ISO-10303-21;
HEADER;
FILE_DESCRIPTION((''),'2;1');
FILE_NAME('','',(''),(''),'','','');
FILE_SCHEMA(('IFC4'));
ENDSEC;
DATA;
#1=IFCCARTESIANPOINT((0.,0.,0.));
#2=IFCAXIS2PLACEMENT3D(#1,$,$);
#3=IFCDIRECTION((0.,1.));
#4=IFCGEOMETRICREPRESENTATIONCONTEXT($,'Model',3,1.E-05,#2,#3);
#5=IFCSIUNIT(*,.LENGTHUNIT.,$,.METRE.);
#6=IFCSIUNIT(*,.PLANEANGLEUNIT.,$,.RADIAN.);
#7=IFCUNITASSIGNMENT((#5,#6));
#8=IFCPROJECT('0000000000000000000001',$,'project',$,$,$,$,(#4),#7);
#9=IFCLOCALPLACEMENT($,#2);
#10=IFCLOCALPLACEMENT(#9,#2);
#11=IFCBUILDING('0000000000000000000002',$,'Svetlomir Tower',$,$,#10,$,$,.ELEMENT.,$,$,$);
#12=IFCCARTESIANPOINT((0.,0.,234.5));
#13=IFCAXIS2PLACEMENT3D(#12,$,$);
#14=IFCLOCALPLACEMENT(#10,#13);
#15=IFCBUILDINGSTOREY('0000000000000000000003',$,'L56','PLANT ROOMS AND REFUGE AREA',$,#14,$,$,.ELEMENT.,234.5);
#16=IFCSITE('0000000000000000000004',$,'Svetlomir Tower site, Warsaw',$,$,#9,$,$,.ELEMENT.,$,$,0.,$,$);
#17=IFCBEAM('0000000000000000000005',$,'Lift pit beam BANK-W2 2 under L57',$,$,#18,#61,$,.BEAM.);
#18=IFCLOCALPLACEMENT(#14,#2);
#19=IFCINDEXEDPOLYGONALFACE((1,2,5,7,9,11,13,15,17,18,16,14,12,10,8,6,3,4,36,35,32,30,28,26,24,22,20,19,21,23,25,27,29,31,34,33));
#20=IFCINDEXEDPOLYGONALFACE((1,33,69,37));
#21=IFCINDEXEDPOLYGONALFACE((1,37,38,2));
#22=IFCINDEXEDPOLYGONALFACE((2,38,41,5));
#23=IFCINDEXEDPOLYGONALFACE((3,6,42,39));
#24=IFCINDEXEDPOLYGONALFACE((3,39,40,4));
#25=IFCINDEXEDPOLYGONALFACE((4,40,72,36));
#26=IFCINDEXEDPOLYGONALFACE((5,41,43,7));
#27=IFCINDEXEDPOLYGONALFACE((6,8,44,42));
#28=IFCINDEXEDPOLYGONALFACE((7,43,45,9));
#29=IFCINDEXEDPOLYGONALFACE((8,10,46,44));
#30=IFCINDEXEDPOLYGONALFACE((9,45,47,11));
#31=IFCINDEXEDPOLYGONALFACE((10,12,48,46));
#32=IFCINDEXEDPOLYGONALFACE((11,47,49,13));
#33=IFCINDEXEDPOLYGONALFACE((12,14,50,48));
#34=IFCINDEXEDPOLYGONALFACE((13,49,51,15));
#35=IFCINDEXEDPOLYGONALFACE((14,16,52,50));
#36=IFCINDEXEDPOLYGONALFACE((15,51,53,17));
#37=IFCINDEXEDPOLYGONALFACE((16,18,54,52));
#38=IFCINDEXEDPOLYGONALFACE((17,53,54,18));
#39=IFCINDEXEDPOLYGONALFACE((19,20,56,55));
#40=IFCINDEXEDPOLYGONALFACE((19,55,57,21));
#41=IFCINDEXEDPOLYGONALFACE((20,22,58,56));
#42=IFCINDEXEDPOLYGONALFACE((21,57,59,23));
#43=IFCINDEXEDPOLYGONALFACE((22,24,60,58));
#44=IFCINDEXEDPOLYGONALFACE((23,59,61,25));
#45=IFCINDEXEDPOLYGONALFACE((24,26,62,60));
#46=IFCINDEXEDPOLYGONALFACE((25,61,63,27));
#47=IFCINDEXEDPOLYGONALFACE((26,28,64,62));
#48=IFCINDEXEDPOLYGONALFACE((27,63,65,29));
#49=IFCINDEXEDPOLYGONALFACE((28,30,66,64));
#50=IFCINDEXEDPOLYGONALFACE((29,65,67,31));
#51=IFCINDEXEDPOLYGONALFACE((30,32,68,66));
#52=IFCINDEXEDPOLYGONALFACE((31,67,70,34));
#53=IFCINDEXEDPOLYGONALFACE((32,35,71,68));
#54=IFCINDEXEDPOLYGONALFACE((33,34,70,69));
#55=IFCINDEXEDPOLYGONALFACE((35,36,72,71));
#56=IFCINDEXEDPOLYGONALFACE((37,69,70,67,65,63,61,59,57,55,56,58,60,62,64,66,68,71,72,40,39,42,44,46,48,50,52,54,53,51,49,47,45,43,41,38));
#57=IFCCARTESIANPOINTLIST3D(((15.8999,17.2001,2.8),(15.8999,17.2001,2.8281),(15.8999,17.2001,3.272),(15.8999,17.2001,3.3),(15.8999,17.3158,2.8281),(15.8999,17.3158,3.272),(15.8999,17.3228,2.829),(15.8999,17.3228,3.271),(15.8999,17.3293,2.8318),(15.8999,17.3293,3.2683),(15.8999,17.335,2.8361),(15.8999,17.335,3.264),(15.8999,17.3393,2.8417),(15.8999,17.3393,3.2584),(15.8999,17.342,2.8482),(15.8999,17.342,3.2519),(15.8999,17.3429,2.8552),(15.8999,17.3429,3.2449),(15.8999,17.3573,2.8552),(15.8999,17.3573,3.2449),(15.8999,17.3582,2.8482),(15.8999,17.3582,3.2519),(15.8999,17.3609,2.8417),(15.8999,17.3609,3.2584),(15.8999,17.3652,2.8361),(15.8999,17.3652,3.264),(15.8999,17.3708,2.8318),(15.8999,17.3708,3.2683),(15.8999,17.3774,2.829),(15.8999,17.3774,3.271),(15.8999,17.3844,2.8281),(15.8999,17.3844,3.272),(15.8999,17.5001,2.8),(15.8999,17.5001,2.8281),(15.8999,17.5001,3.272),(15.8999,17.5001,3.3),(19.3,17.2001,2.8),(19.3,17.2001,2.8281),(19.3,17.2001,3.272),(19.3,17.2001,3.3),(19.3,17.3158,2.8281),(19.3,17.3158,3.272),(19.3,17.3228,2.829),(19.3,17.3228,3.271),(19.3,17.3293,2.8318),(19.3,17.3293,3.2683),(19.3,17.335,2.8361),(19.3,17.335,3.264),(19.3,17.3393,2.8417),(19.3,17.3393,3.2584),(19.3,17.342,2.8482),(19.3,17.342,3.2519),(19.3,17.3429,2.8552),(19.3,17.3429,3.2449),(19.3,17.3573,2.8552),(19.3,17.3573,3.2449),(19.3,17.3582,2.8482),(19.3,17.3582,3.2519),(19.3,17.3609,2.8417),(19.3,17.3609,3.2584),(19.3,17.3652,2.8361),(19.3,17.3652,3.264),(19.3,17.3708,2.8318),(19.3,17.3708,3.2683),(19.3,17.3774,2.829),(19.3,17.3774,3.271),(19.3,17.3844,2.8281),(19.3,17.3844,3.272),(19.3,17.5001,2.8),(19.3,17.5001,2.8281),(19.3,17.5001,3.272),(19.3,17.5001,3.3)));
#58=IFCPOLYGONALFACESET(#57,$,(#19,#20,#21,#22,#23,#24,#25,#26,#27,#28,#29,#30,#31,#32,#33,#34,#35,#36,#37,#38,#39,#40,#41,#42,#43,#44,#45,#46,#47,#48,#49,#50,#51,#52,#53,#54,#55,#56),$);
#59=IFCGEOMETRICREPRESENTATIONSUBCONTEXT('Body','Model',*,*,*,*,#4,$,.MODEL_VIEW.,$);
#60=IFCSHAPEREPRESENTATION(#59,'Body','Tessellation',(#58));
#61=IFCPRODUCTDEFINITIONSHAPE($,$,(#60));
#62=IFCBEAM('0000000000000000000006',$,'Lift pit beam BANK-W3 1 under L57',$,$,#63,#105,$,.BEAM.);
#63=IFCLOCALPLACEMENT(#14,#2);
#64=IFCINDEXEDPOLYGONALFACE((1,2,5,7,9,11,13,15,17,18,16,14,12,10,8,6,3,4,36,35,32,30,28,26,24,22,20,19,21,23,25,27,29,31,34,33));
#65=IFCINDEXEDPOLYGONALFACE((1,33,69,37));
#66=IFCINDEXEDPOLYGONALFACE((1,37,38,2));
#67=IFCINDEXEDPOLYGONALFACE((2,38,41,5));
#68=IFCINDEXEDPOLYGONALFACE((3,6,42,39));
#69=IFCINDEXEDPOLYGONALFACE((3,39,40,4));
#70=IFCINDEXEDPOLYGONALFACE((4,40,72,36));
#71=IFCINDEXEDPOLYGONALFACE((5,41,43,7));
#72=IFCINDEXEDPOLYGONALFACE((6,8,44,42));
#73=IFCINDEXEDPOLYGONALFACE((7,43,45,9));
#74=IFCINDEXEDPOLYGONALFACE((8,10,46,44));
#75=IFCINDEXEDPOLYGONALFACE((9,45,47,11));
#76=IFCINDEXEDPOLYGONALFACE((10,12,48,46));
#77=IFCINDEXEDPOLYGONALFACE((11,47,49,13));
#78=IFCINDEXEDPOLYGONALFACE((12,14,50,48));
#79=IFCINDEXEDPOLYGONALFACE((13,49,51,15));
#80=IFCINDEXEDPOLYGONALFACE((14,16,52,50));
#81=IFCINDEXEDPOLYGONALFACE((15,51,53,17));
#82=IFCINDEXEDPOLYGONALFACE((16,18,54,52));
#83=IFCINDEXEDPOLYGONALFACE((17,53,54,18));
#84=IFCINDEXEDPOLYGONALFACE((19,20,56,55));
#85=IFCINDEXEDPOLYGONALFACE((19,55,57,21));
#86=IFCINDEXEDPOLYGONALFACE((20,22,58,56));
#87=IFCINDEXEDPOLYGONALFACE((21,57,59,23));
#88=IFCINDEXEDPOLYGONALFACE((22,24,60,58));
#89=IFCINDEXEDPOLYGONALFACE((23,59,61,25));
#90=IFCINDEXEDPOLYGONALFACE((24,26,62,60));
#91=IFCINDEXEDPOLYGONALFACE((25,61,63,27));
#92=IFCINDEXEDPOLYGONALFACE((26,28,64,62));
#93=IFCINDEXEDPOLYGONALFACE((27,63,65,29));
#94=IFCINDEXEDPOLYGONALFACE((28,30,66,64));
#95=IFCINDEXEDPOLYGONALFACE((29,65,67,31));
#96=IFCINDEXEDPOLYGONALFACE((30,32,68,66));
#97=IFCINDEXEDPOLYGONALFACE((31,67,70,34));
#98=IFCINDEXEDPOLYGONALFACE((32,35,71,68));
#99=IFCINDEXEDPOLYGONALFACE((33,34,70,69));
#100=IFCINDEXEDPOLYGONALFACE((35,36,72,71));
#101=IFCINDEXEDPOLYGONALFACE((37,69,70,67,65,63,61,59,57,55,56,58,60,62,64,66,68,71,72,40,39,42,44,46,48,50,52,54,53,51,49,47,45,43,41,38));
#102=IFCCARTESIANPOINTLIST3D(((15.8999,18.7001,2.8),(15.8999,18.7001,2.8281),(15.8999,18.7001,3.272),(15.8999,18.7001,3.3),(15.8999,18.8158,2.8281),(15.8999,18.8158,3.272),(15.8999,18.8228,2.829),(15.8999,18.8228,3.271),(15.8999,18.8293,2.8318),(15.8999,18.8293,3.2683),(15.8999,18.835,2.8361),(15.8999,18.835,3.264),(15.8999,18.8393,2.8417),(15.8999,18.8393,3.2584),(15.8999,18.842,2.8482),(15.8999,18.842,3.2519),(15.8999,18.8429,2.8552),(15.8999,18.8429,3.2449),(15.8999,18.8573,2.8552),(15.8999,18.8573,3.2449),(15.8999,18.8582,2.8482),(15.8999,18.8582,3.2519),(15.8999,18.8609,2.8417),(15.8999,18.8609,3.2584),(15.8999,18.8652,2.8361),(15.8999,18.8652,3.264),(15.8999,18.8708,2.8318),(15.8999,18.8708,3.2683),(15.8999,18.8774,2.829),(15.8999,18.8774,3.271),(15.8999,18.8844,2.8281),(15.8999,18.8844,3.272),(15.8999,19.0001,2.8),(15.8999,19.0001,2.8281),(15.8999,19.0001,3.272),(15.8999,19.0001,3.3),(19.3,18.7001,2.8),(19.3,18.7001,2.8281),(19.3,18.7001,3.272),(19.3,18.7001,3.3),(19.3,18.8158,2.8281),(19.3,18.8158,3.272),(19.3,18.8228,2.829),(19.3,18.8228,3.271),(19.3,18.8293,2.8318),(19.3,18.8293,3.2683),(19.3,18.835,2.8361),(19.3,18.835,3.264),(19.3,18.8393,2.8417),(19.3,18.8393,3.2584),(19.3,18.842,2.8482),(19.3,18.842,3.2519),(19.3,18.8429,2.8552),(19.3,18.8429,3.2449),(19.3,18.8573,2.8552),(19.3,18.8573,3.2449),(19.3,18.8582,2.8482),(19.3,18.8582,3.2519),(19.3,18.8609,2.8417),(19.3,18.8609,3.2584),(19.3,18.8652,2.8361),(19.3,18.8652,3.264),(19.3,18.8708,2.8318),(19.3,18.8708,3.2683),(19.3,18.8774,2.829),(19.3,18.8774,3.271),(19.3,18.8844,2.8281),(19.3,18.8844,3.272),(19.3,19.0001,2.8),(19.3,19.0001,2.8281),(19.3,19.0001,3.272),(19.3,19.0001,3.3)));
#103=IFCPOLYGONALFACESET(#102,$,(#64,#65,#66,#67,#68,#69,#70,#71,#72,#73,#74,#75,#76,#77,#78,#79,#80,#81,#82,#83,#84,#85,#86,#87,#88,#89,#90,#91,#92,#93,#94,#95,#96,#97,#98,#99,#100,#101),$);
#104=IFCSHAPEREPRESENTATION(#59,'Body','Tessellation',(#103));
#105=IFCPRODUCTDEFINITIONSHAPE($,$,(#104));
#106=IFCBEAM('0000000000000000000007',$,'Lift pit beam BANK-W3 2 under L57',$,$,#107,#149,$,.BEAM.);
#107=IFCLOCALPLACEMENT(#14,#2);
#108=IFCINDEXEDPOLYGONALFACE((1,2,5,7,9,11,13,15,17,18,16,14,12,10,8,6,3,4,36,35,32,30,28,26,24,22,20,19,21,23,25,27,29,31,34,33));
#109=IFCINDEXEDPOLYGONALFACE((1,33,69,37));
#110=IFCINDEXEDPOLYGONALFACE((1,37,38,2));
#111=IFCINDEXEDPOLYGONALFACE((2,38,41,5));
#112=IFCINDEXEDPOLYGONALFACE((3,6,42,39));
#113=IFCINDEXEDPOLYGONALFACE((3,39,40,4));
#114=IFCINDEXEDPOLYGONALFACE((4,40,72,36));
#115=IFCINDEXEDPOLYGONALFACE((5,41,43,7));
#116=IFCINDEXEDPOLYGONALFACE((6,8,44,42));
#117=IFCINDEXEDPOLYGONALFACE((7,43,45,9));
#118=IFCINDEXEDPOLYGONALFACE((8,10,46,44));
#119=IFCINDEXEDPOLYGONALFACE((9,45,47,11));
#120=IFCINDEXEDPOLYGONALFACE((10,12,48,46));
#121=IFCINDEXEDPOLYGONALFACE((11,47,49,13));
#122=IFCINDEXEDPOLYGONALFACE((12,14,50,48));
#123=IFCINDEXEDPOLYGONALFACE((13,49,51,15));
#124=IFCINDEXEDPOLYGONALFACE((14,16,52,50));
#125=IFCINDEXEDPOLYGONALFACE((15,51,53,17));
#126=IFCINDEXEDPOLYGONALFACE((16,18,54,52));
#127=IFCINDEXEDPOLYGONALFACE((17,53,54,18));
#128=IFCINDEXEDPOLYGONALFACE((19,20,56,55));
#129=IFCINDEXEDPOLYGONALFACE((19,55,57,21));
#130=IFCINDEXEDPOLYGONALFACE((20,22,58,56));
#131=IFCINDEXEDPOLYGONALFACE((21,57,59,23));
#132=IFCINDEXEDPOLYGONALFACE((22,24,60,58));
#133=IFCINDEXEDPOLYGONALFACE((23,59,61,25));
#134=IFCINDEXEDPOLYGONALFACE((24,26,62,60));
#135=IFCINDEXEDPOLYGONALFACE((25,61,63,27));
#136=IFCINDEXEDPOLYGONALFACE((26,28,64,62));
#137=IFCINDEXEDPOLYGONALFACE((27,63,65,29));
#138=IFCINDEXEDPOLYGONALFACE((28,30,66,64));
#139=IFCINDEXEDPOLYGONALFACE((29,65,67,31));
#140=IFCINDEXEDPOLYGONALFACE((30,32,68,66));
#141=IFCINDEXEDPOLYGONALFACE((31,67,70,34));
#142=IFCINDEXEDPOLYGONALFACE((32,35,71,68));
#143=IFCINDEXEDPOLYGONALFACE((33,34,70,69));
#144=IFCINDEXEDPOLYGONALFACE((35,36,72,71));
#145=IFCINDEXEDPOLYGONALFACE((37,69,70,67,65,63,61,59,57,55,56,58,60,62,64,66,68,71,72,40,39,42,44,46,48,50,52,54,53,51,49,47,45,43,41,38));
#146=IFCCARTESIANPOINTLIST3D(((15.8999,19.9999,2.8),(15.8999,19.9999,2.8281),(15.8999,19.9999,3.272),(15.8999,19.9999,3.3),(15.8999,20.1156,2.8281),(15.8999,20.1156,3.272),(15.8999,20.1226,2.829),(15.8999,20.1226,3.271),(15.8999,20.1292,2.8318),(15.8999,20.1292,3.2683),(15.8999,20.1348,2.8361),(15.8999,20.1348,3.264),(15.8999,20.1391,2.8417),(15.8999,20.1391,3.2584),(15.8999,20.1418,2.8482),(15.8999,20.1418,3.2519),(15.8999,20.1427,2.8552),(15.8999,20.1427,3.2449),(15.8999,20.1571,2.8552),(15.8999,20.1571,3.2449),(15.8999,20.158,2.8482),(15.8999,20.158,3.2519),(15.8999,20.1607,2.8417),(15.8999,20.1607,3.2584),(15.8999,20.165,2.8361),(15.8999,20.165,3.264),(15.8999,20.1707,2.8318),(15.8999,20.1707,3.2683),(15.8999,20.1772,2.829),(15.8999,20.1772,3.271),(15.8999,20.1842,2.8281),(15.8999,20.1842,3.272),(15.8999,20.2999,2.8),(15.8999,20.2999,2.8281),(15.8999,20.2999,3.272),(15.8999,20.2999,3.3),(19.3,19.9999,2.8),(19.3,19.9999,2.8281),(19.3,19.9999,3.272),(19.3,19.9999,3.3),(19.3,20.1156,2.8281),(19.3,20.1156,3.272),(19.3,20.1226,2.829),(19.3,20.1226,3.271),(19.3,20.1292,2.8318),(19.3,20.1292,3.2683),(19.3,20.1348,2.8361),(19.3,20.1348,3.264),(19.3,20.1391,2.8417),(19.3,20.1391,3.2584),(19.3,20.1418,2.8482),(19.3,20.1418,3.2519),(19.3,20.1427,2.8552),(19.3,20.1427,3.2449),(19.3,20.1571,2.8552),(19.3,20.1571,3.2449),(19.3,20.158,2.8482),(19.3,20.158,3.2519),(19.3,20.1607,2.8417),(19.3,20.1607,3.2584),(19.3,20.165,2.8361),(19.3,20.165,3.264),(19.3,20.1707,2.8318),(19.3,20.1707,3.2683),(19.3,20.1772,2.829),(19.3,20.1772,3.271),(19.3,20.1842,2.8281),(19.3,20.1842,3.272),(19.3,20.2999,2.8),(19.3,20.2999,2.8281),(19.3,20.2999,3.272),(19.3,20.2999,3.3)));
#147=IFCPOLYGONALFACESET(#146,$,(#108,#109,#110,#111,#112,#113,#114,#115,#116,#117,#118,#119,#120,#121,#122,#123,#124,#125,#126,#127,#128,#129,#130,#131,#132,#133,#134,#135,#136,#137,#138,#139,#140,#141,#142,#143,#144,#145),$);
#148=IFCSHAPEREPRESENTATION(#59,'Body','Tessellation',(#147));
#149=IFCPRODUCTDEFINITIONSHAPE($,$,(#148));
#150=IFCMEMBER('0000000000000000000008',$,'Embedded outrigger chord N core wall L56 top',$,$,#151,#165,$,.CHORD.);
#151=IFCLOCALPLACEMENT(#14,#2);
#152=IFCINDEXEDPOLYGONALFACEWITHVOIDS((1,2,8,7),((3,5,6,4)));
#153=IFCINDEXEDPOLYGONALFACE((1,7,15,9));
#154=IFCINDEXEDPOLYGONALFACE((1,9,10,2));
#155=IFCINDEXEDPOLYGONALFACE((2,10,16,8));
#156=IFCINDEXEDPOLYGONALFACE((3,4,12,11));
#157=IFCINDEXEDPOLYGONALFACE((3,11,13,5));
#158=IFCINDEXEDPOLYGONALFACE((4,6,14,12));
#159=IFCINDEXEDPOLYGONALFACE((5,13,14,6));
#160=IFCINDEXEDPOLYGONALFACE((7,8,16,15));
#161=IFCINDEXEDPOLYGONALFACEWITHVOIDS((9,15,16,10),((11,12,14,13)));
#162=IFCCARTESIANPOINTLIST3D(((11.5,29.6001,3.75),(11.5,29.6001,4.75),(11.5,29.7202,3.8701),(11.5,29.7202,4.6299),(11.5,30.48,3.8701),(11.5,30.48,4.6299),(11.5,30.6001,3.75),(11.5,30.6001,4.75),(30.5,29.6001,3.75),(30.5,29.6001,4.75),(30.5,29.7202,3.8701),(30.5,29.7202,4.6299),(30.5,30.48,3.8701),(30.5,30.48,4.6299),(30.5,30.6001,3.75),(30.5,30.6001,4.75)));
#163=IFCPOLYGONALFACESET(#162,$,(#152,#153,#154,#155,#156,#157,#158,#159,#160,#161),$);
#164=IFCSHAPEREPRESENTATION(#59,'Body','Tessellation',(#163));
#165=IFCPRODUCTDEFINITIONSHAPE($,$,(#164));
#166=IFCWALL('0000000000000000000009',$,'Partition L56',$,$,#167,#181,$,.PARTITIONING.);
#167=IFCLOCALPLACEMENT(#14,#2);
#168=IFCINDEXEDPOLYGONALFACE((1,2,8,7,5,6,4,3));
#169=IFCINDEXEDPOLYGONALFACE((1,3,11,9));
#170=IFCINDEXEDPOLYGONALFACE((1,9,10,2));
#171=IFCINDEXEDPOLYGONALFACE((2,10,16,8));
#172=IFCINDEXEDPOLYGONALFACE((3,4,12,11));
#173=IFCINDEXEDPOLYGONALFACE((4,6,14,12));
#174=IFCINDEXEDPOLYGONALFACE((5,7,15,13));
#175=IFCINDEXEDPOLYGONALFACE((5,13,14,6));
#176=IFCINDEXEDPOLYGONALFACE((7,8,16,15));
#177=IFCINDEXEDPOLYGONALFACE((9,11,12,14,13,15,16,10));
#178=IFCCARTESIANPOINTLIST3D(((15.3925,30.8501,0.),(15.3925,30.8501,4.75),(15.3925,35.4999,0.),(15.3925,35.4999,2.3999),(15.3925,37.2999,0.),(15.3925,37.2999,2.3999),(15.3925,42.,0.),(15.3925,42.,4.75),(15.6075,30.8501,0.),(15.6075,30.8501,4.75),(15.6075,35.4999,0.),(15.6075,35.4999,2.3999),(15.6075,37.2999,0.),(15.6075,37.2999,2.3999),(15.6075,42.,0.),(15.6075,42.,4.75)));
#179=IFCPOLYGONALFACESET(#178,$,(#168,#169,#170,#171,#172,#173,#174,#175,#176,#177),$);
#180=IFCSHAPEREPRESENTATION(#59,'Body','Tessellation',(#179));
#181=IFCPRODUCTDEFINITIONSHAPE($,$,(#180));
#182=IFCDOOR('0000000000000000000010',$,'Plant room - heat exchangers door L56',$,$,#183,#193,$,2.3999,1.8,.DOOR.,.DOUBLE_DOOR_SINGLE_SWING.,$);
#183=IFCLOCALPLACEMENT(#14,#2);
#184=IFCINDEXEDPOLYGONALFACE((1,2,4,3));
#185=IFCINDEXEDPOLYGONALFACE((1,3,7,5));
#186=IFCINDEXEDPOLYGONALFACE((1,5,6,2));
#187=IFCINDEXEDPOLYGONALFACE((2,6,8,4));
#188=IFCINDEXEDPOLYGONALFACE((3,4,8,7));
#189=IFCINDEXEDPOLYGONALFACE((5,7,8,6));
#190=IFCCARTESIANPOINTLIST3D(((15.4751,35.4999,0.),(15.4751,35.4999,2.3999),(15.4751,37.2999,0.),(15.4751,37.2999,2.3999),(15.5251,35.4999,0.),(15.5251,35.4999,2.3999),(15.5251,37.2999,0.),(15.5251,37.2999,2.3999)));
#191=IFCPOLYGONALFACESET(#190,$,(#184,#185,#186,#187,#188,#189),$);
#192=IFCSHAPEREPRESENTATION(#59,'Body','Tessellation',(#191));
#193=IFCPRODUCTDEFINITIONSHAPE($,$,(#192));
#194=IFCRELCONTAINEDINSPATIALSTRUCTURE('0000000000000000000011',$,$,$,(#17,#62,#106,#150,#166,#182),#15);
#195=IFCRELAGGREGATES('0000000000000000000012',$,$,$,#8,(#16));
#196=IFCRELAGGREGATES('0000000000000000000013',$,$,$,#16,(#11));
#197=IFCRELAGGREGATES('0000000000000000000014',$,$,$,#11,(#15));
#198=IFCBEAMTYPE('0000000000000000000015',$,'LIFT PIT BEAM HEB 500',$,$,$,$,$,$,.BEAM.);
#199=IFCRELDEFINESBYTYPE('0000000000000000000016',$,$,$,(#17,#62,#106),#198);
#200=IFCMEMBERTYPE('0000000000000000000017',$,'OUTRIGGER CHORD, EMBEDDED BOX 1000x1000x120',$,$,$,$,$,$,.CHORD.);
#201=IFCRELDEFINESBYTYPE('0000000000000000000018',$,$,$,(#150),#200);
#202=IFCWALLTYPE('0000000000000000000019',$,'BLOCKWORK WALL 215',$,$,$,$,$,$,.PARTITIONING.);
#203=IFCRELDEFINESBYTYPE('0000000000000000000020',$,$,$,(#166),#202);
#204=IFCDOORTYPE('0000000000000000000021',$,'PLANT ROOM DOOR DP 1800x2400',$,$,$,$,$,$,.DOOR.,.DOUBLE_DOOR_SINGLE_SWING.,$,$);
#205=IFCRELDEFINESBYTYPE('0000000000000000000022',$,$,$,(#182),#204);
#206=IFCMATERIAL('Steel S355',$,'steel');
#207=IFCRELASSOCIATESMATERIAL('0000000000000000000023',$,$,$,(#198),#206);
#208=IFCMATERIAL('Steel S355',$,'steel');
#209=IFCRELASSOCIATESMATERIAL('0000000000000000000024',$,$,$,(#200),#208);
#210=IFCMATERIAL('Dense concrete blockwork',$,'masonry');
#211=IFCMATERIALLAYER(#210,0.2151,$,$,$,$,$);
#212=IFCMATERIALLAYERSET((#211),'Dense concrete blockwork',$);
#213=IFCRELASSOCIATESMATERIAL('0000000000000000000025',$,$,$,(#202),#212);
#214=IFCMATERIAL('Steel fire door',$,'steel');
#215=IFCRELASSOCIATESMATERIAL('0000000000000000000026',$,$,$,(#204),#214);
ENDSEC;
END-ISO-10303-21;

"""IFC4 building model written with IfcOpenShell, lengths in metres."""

from ifc_helpers import new_model, si_unit, direction, frame, frame_2d, origin, origin_2d, place, context, subcontext, project, spatial, rectangle, hollow_rectangle, i_section, extrude, material, layer, layer_set, material_profile, profile_set, type_object, element, fill, save


model = new_model("IFC4")

# Units and contexts
model_context = context("Model", 3, precision=1e-05, world=origin(), true_north=direction((0.0, 1.0)))
body_context = subcontext(model_context, "Body", "Model", "MODEL_VIEW")
ifc_project = project(units=[si_unit("LENGTHUNIT", "METRE"), si_unit("PLANEANGLEUNIT", "RADIAN")], contexts=[model_context])

# Site, building, storey
site_placement = place(None, origin())
site = spatial("IfcSite", under=ifc_project, at=site_placement, Name="Svetlomir Tower site, Warsaw", CompositionType="ELEMENT", RefElevation=0.0)
building_placement = place(site_placement, origin())
building = spatial("IfcBuilding", under=site, at=building_placement, Name="Svetlomir Tower", CompositionType="ELEMENT")
storey_placement = place(building_placement, frame((0.0, 0.0, 234.5)))
storey = spatial("IfcBuildingStorey", under=building, at=storey_placement, Name="L56", Description="PLANT ROOMS AND REFUGE AREA", CompositionType="ELEMENT", Elevation=234.5)

# Beams
ifc_material_1 = material(Name="Steel S355", Category="steel")
ifc_material_profile_1 = material_profile(ifc_material_1, i_section(OverallWidth=0.3, OverallDepth=0.5, WebThickness=0.0144, FlangeThickness=0.0281, FilletRadius=0.0271, at=origin_2d()), Name="HEB 500")
ifc_profile_set_1 = profile_set([ifc_material_profile_1], Name="Steel S355")
beam_type = type_object("IfcBeamType", Name="LIFT PIT BEAM HEB 500", PredefinedType="BEAM", material=ifc_profile_set_1)
for number, where, z_axis, x_axis, name in (
    (1, (15.8999, 17.3501, 3.05), (1.0, 0.0, 0.0), (0.0, 1.0, 0.0), "Lift pit beam BANK-W2 2 under L57"),
    (2, (15.8999, 18.8501, 3.05), (1.0, 0.0, 0.0), (0.0, 1.0, 0.0), "Lift pit beam BANK-W3 1 under L57"),
    (3, (15.8999, 20.1499, 3.05), (1.0, 0.0, 0.0), (0.0, 1.0, 0.0), "Lift pit beam BANK-W3 2 under L57"),
):
    element("IfcBeam", number, at=place(storey_placement, frame(where, z_axis=z_axis, x_axis=x_axis)), inside=storey, type_object=beam_type, Name=name, PredefinedType="BEAM", context=body_context, shape_type="SweptSolid", body=[
        extrude(i_section(OverallWidth=0.3, OverallDepth=0.5, WebThickness=0.0144, FlangeThickness=0.0281, FilletRadius=0.0271, at=origin_2d()), origin(), (0.0, 0.0, 1.0), 3.4001),
    ])

# Member
ifc_material_2 = material(Name="Steel S355", Category="steel")
ifc_material_profile_2 = material_profile(ifc_material_2, hollow_rectangle(XDim=1.0, YDim=1.0, WallThickness=0.1201, at=origin_2d()), Name="BOX 1000x1000x120")
ifc_profile_set_2 = profile_set([ifc_material_profile_2], Name="Steel S355")
member_type = type_object("IfcMemberType", Name="OUTRIGGER CHORD, EMBEDDED BOX 1000x1000x120", PredefinedType="CHORD", material=ifc_profile_set_2)
member_placement = place(storey_placement, frame((11.5, 30.1001, 4.25), z_axis=(1.0, 0.0, 0.0), x_axis=(0.0, 1.0, 0.0)))
element("IfcMember", 4, at=member_placement, inside=storey, type_object=member_type, Name="Embedded outrigger chord N core wall L56 top", PredefinedType="CHORD", context=body_context, shape_type="SweptSolid", body=[
    extrude(hollow_rectangle(XDim=1.0, YDim=1.0, WallThickness=0.1201, at=origin_2d()), origin(), (0.0, 0.0, 1.0), 19.0),
])

# Wall, opening, door
ifc_material_3 = material(Name="Dense concrete blockwork", Category="masonry")
ifc_layer_1 = layer(ifc_material_3, 0.2151)
ifc_layer_set_1 = layer_set([ifc_layer_1], Name="Dense concrete blockwork")
wall_type_1 = type_object("IfcWallType", Name="BLOCKWORK WALL 215", PredefinedType="PARTITIONING", material=ifc_layer_set_1)
wall_1_placement = place(storey_placement, frame((15.5, 30.8501, 0.0), z_axis=(0.0, 0.0, 1.0), x_axis=(0.0, 1.0, 0.0)))
wall_1 = element("IfcWall", 5, at=wall_1_placement, inside=storey, type_object=wall_type_1, Name="Partition L56", PredefinedType="PARTITIONING", context=body_context, shape_type="SweptSolid", body=[
    extrude(rectangle(XDim=11.1499, YDim=0.2151, at=frame_2d((5.575, 0.0))), origin(), (0.0, 0.0, 1.0), 4.75),
])
opening_1_placement = place(wall_1_placement, frame((4.6499, 0.0, 0.0)))
opening_1 = element("IfcOpeningElement", 6, at=opening_1_placement, cuts=wall_1, PredefinedType="OPENING", context=body_context, shape_type="SweptSolid", body=[
    extrude(rectangle(XDim=1.8, YDim=2.3999, at=frame_2d((0.8999, 1.2))), frame((0.0, 0.1177, 0.0), z_axis=(0.0, -1.0, 0.0), x_axis=(1.0, 0.0, 0.0)), (0.0, 0.0, 1.0), 0.2351),
])
ifc_material_4 = material(Name="Steel fire door", Category="steel")
door_type_1 = type_object("IfcDoorType", Name="PLANT ROOM DOOR DP 1800x2400", OperationType="DOUBLE_DOOR_SINGLE_SWING", PredefinedType="DOOR", material=ifc_material_4)
door_1_placement = place(opening_1_placement, origin())
door_1 = element("IfcDoor", 7, at=door_1_placement, inside=storey, type_object=door_type_1, Name="Plant room - heat exchangers door L56", OperationType="DOUBLE_DOOR_SINGLE_SWING", OverallHeight=2.3999, OverallWidth=1.8, PredefinedType="DOOR", context=body_context, shape_type="SweptSolid", body=[
    extrude(rectangle(XDim=1.8, YDim=2.3999, at=frame_2d((0.8999, 1.2))), frame((0.0, 0.0249, 0.0), z_axis=(0.0, -1.0, 0.0), x_axis=(1.0, 0.0, 0.0)), (0.0, 0.0, 1.0), 0.05),
])
fill(opening_1, door_1)

save(model, "model.ifc")
